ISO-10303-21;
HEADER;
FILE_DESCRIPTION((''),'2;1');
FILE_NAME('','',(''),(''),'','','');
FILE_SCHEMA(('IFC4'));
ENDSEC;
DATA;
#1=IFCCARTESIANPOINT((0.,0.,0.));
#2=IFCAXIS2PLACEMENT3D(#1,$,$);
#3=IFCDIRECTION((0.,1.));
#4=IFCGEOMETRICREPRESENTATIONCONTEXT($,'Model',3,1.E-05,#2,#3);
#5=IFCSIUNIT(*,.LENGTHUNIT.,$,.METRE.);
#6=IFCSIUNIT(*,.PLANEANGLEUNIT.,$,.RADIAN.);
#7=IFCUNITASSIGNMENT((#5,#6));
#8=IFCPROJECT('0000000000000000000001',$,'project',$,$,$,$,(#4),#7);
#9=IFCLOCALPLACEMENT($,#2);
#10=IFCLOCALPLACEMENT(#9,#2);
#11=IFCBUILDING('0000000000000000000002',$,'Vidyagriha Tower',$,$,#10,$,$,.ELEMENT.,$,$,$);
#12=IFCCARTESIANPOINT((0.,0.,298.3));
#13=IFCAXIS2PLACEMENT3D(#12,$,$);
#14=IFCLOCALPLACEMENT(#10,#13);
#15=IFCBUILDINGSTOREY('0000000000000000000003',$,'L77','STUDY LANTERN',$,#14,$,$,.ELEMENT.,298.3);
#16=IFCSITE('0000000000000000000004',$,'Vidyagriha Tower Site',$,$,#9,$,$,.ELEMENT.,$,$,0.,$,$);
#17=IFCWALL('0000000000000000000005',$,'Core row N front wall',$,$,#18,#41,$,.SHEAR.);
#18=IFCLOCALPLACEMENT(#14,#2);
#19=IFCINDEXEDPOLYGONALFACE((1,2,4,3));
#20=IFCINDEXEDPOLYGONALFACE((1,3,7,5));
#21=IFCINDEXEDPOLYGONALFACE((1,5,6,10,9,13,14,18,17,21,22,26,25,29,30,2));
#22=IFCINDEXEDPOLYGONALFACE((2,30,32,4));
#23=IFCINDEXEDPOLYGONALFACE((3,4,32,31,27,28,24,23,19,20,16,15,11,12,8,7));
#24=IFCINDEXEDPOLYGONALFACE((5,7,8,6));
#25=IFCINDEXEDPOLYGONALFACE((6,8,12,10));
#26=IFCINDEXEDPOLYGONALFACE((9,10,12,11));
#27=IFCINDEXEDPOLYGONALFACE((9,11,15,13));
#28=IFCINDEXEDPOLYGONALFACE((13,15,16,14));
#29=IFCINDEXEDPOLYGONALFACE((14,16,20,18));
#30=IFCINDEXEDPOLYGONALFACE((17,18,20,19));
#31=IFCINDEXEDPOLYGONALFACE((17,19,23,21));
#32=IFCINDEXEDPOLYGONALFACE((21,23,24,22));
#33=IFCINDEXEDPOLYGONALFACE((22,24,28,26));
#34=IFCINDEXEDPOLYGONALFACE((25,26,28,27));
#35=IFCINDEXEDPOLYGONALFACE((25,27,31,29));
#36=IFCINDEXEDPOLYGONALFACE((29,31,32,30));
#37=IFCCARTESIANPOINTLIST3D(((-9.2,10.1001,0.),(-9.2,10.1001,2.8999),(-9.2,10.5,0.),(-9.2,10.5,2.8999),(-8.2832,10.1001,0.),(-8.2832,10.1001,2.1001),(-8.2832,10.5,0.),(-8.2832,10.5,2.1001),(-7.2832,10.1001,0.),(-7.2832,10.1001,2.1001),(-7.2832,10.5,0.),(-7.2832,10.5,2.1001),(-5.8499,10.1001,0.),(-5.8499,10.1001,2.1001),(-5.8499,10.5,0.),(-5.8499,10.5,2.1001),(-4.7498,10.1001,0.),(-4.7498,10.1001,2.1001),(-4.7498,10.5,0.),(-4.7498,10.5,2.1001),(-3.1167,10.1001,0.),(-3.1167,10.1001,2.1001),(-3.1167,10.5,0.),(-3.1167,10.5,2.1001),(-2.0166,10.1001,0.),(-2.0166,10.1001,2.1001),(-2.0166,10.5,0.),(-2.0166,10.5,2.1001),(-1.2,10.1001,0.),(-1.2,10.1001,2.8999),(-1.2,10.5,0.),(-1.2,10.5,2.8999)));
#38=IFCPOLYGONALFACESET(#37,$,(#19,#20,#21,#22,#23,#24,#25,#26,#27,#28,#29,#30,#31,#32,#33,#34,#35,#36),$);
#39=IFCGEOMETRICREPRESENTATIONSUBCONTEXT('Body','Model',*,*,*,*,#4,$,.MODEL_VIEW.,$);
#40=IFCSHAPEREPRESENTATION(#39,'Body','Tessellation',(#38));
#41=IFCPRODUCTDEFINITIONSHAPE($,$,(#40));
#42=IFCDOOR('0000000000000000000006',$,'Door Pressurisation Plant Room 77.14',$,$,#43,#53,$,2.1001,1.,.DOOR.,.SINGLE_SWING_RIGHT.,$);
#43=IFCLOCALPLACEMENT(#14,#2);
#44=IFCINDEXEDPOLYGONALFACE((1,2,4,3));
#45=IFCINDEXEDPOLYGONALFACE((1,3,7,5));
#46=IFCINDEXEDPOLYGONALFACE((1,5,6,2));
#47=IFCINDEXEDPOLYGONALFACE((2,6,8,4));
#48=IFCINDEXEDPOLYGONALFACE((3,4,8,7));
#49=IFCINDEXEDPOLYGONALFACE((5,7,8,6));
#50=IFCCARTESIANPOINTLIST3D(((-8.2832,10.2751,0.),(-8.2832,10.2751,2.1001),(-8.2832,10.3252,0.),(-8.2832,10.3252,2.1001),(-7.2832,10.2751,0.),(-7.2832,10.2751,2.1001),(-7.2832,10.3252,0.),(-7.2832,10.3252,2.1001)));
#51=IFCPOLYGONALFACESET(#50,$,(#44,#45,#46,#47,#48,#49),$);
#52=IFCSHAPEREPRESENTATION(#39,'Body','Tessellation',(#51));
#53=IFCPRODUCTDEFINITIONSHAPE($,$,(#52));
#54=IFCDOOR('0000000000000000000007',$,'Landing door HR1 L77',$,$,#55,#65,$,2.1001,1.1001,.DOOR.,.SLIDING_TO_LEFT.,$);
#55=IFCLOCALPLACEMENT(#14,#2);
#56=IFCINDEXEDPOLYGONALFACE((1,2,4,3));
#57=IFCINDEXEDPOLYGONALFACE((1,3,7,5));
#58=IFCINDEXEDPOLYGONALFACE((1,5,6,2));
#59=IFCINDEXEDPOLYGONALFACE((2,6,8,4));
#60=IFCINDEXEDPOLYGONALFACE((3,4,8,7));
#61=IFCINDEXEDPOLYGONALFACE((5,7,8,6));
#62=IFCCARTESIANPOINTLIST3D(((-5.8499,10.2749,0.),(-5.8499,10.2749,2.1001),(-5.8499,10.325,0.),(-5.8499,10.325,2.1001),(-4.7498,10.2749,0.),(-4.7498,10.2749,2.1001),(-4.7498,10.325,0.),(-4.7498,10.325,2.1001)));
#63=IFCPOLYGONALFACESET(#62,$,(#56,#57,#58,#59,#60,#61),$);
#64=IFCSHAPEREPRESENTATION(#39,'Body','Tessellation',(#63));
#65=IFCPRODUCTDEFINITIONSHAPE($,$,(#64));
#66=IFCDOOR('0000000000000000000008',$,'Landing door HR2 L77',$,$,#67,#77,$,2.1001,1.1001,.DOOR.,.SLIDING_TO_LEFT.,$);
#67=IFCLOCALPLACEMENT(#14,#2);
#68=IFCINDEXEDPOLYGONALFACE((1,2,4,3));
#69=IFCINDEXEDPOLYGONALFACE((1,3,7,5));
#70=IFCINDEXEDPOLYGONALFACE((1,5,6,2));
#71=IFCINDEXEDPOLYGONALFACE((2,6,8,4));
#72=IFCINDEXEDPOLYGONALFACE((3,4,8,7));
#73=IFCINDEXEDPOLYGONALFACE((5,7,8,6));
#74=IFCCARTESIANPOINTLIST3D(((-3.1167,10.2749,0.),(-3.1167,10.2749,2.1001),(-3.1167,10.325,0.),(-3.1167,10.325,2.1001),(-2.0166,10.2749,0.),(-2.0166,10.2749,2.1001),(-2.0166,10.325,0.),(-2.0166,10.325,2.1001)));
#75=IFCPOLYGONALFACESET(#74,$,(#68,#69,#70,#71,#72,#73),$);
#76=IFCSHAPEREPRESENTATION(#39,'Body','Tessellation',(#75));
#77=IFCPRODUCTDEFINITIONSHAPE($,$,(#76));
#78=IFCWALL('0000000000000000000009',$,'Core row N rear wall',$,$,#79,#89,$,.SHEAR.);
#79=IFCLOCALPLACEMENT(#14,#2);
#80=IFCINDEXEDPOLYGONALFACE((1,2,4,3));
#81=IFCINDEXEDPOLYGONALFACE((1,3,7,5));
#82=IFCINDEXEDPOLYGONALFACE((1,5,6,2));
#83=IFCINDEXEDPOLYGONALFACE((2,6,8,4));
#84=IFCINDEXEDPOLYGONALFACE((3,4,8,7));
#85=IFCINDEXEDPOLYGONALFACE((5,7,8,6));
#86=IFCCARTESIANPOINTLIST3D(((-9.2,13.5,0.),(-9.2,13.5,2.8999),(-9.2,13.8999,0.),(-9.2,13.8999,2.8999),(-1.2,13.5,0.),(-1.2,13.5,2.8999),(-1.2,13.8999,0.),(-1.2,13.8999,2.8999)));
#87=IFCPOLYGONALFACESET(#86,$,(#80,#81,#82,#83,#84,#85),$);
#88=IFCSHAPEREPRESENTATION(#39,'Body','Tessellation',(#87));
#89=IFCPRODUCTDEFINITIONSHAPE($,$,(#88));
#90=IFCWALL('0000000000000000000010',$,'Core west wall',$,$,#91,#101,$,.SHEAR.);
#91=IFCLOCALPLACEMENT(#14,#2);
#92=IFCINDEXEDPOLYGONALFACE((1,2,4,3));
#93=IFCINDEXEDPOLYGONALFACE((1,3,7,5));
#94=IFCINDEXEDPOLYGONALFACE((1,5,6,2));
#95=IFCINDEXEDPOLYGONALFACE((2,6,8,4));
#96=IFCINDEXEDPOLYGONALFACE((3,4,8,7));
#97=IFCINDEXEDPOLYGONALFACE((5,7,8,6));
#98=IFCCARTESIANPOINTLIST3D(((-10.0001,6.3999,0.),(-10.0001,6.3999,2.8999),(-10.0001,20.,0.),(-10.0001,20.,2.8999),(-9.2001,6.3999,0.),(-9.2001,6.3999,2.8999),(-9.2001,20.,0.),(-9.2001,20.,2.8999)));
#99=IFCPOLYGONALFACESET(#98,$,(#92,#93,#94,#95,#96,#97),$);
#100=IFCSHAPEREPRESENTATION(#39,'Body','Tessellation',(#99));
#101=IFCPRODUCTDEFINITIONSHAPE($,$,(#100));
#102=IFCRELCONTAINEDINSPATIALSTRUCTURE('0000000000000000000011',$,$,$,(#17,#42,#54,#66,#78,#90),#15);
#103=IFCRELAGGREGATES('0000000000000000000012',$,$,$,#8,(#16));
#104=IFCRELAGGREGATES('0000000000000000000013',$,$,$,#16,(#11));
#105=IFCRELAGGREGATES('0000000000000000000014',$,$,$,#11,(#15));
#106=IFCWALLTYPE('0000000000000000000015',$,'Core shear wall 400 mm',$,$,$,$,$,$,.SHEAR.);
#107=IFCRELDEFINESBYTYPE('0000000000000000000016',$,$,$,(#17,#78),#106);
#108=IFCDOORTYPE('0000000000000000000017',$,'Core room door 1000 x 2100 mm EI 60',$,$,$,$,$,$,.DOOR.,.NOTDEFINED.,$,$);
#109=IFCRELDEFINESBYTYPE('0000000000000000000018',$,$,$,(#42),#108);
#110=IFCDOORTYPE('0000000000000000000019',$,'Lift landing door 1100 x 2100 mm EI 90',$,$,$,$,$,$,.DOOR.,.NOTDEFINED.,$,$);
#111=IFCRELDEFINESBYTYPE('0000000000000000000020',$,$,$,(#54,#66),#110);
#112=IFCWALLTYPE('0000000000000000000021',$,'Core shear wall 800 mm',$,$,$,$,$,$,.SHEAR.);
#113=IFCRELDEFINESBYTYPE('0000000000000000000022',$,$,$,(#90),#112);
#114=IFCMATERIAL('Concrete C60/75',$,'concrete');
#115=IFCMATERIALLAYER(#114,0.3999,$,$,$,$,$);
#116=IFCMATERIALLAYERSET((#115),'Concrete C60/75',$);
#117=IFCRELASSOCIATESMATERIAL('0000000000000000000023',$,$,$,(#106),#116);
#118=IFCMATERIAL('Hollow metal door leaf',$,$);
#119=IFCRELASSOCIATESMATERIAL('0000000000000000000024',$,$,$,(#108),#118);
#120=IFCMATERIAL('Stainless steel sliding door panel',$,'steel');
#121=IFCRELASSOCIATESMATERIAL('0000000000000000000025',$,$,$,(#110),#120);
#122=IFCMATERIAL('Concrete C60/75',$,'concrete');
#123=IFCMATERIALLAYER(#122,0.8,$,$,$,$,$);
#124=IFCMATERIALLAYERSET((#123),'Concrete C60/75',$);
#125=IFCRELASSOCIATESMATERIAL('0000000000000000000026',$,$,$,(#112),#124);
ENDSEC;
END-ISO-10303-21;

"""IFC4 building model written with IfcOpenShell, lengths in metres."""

from ifc_helpers import new_model, si_unit, direction, frame, frame_2d, origin, place, context, subcontext, project, spatial, rectangle, extrude, material, layer, layer_set, type_object, element, fill, save


model = new_model("IFC4")

# Units and contexts
model_context = context("Model", 3, precision=1e-05, world=origin(), true_north=direction((0.0, 1.0)))
body_context = subcontext(model_context, "Body", "Model", "MODEL_VIEW")
ifc_project = project(units=[si_unit("LENGTHUNIT", "METRE"), si_unit("PLANEANGLEUNIT", "RADIAN")], contexts=[model_context])

# Site, building, storey
site_placement = place(None, origin())
site = spatial("IfcSite", under=ifc_project, at=site_placement, Name="Vidyagriha Tower Site", CompositionType="ELEMENT", RefElevation=0.0)
building_placement = place(site_placement, origin())
building = spatial("IfcBuilding", under=site, at=building_placement, Name="Vidyagriha Tower", CompositionType="ELEMENT")
storey_placement = place(building_placement, frame((0.0, 0.0, 298.3)))
storey = spatial("IfcBuildingStorey", under=building, at=storey_placement, Name="L77", Description="STUDY LANTERN", CompositionType="ELEMENT", Elevation=298.3)

# Wall, openings, doors
ifc_material_1 = material(Name="Concrete C60/75", Category="concrete")
ifc_layer_1 = layer(ifc_material_1, 0.3999)
ifc_layer_set_1 = layer_set([ifc_layer_1], Name="Concrete C60/75")
wall_type_1 = type_object("IfcWallType", Name="Core shear wall 400 mm", PredefinedType="SHEAR", material=ifc_layer_set_1)
wall_1_placement = place(storey_placement, frame((-9.2, 10.3, 0.0)))
wall_1 = element("IfcWall", 1, at=wall_1_placement, inside=storey, type_object=wall_type_1, Name="Core row N front wall", PredefinedType="SHEAR", context=body_context, shape_type="SweptSolid", body=[
    extrude(rectangle(XDim=8.0, YDim=0.3999, at=frame_2d((4.0, 0.0))), origin(), (0.0, 0.0, 1.0), 2.8999),
])
opening_1_placement = place(wall_1_placement, frame((3.3501, 0.0, 0.0)))
opening_1 = element("IfcOpeningElement", 2, at=opening_1_placement, cuts=wall_1, PredefinedType="OPENING", context=body_context, shape_type="SweptSolid", body=[
    extrude(rectangle(XDim=1.1001, YDim=2.1001, at=frame_2d((0.55, 1.05))), frame((0.0, 0.21, 0.0), z_axis=(0.0, -1.0, 0.0), x_axis=(1.0, 0.0, 0.0)), (0.0, 0.0, 1.0), 0.4199),
])
opening_2_placement = place(wall_1_placement, frame((6.0833, 0.0, 0.0)))
opening_2 = element("IfcOpeningElement", 3, at=opening_2_placement, cuts=wall_1, PredefinedType="OPENING", context=body_context, shape_type="SweptSolid", body=[
    extrude(rectangle(XDim=1.1001, YDim=2.1001, at=frame_2d((0.55, 1.05))), frame((0.0, 0.21, 0.0), z_axis=(0.0, -1.0, 0.0), x_axis=(1.0, 0.0, 0.0)), (0.0, 0.0, 1.0), 0.4199),
])
opening_3_placement = place(wall_1_placement, frame((0.9167, 0.0, 0.0)))
opening_3 = element("IfcOpeningElement", 4, at=opening_3_placement, cuts=wall_1, PredefinedType="OPENING", context=body_context, shape_type="SweptSolid", body=[
    extrude(rectangle(XDim=1.0, YDim=2.1001, at=frame_2d((0.5, 1.05))), frame((0.0, 0.21, 0.0), z_axis=(0.0, -1.0, 0.0), x_axis=(1.0, 0.0, 0.0)), (0.0, 0.0, 1.0), 0.4199),
])
ifc_material_2 = material(Name="Hollow metal door leaf")
door_type_1 = type_object("IfcDoorType", Name="Core room door 1000 x 2100 mm EI 60", OperationType="NOTDEFINED", PredefinedType="DOOR", material=ifc_material_2)
door_1_placement = place(opening_3_placement, frame((1.0, 0.0, 0.0), z_axis=(0.0, 0.0, 1.0), x_axis=(-1.0, 0.0, 0.0)))
door_1 = element("IfcDoor", 5, at=door_1_placement, inside=storey, type_object=door_type_1, Name="Door Pressurisation Plant Room 77.14", OperationType="SINGLE_SWING_RIGHT", OverallHeight=2.1001, OverallWidth=1.0, PredefinedType="DOOR", context=body_context, shape_type="SweptSolid", body=[
    extrude(rectangle(XDim=1.0, YDim=2.1001, at=frame_2d((0.5, 1.05))), frame((0.0, 0.0249, 0.0), z_axis=(0.0, -1.0, 0.0), x_axis=(1.0, 0.0, 0.0)), (0.0, 0.0, 1.0), 0.05),
])
fill(opening_3, door_1)
ifc_material_3 = material(Name="Stainless steel sliding door panel", Category="steel")
door_type_2 = type_object("IfcDoorType", Name="Lift landing door 1100 x 2100 mm EI 90", OperationType="NOTDEFINED", PredefinedType="DOOR", material=ifc_material_3)
door_2_placement = place(opening_1_placement, origin())
door_2 = element("IfcDoor", 6, at=door_2_placement, inside=storey, type_object=door_type_2, Name="Landing door HR1 L77", OperationType="SLIDING_TO_LEFT", OverallHeight=2.1001, OverallWidth=1.1001, PredefinedType="DOOR", context=body_context, shape_type="SweptSolid", body=[
    extrude(rectangle(XDim=1.1001, YDim=2.1001, at=frame_2d((0.55, 1.05))), frame((0.0, 0.0249, 0.0), z_axis=(0.0, -1.0, 0.0), x_axis=(1.0, 0.0, 0.0)), (0.0, 0.0, 1.0), 0.05),
])
fill(opening_1, door_2)
door_3_placement = place(opening_2_placement, origin())
door_3 = element("IfcDoor", 7, at=door_3_placement, inside=storey, type_object=door_type_2, Name="Landing door HR2 L77", OperationType="SLIDING_TO_LEFT", OverallHeight=2.1001, OverallWidth=1.1001, PredefinedType="DOOR", context=body_context, shape_type="SweptSolid", body=[
    extrude(rectangle(XDim=1.1001, YDim=2.1001, at=frame_2d((0.55, 1.05))), frame((0.0, 0.0249, 0.0), z_axis=(0.0, -1.0, 0.0), x_axis=(1.0, 0.0, 0.0)), (0.0, 0.0, 1.0), 0.05),
])
fill(opening_2, door_3)

# Walls
wall_2_placement = place(storey_placement, frame((-9.2, 13.7, 0.0)))
element("IfcWall", 8, at=wall_2_placement, inside=storey, type_object=wall_type_1, Name="Core row N rear wall", PredefinedType="SHEAR", context=body_context, shape_type="SweptSolid", body=[
    extrude(rectangle(XDim=8.0, YDim=0.3999, at=frame_2d((4.0, 0.0))), origin(), (0.0, 0.0, 1.0), 2.8999),
])
ifc_material_4 = material(Name="Concrete C60/75", Category="concrete")
ifc_layer_2 = layer(ifc_material_4, 0.8)
ifc_layer_set_2 = layer_set([ifc_layer_2], Name="Concrete C60/75")
wall_type_2 = type_object("IfcWallType", Name="Core shear wall 800 mm", PredefinedType="SHEAR", material=ifc_layer_set_2)
wall_3_placement = place(storey_placement, frame((-9.6001, 6.3999, 0.0), z_axis=(0.0, 0.0, 1.0), x_axis=(0.0, 1.0, 0.0)))
element("IfcWall", 9, at=wall_3_placement, inside=storey, type_object=wall_type_2, Name="Core west wall", PredefinedType="SHEAR", context=body_context, shape_type="SweptSolid", body=[
    extrude(rectangle(XDim=13.6001, YDim=0.8, at=frame_2d((6.8, 0.0))), origin(), (0.0, 0.0, 1.0), 2.8999),
])

save(model, "model.ifc")
